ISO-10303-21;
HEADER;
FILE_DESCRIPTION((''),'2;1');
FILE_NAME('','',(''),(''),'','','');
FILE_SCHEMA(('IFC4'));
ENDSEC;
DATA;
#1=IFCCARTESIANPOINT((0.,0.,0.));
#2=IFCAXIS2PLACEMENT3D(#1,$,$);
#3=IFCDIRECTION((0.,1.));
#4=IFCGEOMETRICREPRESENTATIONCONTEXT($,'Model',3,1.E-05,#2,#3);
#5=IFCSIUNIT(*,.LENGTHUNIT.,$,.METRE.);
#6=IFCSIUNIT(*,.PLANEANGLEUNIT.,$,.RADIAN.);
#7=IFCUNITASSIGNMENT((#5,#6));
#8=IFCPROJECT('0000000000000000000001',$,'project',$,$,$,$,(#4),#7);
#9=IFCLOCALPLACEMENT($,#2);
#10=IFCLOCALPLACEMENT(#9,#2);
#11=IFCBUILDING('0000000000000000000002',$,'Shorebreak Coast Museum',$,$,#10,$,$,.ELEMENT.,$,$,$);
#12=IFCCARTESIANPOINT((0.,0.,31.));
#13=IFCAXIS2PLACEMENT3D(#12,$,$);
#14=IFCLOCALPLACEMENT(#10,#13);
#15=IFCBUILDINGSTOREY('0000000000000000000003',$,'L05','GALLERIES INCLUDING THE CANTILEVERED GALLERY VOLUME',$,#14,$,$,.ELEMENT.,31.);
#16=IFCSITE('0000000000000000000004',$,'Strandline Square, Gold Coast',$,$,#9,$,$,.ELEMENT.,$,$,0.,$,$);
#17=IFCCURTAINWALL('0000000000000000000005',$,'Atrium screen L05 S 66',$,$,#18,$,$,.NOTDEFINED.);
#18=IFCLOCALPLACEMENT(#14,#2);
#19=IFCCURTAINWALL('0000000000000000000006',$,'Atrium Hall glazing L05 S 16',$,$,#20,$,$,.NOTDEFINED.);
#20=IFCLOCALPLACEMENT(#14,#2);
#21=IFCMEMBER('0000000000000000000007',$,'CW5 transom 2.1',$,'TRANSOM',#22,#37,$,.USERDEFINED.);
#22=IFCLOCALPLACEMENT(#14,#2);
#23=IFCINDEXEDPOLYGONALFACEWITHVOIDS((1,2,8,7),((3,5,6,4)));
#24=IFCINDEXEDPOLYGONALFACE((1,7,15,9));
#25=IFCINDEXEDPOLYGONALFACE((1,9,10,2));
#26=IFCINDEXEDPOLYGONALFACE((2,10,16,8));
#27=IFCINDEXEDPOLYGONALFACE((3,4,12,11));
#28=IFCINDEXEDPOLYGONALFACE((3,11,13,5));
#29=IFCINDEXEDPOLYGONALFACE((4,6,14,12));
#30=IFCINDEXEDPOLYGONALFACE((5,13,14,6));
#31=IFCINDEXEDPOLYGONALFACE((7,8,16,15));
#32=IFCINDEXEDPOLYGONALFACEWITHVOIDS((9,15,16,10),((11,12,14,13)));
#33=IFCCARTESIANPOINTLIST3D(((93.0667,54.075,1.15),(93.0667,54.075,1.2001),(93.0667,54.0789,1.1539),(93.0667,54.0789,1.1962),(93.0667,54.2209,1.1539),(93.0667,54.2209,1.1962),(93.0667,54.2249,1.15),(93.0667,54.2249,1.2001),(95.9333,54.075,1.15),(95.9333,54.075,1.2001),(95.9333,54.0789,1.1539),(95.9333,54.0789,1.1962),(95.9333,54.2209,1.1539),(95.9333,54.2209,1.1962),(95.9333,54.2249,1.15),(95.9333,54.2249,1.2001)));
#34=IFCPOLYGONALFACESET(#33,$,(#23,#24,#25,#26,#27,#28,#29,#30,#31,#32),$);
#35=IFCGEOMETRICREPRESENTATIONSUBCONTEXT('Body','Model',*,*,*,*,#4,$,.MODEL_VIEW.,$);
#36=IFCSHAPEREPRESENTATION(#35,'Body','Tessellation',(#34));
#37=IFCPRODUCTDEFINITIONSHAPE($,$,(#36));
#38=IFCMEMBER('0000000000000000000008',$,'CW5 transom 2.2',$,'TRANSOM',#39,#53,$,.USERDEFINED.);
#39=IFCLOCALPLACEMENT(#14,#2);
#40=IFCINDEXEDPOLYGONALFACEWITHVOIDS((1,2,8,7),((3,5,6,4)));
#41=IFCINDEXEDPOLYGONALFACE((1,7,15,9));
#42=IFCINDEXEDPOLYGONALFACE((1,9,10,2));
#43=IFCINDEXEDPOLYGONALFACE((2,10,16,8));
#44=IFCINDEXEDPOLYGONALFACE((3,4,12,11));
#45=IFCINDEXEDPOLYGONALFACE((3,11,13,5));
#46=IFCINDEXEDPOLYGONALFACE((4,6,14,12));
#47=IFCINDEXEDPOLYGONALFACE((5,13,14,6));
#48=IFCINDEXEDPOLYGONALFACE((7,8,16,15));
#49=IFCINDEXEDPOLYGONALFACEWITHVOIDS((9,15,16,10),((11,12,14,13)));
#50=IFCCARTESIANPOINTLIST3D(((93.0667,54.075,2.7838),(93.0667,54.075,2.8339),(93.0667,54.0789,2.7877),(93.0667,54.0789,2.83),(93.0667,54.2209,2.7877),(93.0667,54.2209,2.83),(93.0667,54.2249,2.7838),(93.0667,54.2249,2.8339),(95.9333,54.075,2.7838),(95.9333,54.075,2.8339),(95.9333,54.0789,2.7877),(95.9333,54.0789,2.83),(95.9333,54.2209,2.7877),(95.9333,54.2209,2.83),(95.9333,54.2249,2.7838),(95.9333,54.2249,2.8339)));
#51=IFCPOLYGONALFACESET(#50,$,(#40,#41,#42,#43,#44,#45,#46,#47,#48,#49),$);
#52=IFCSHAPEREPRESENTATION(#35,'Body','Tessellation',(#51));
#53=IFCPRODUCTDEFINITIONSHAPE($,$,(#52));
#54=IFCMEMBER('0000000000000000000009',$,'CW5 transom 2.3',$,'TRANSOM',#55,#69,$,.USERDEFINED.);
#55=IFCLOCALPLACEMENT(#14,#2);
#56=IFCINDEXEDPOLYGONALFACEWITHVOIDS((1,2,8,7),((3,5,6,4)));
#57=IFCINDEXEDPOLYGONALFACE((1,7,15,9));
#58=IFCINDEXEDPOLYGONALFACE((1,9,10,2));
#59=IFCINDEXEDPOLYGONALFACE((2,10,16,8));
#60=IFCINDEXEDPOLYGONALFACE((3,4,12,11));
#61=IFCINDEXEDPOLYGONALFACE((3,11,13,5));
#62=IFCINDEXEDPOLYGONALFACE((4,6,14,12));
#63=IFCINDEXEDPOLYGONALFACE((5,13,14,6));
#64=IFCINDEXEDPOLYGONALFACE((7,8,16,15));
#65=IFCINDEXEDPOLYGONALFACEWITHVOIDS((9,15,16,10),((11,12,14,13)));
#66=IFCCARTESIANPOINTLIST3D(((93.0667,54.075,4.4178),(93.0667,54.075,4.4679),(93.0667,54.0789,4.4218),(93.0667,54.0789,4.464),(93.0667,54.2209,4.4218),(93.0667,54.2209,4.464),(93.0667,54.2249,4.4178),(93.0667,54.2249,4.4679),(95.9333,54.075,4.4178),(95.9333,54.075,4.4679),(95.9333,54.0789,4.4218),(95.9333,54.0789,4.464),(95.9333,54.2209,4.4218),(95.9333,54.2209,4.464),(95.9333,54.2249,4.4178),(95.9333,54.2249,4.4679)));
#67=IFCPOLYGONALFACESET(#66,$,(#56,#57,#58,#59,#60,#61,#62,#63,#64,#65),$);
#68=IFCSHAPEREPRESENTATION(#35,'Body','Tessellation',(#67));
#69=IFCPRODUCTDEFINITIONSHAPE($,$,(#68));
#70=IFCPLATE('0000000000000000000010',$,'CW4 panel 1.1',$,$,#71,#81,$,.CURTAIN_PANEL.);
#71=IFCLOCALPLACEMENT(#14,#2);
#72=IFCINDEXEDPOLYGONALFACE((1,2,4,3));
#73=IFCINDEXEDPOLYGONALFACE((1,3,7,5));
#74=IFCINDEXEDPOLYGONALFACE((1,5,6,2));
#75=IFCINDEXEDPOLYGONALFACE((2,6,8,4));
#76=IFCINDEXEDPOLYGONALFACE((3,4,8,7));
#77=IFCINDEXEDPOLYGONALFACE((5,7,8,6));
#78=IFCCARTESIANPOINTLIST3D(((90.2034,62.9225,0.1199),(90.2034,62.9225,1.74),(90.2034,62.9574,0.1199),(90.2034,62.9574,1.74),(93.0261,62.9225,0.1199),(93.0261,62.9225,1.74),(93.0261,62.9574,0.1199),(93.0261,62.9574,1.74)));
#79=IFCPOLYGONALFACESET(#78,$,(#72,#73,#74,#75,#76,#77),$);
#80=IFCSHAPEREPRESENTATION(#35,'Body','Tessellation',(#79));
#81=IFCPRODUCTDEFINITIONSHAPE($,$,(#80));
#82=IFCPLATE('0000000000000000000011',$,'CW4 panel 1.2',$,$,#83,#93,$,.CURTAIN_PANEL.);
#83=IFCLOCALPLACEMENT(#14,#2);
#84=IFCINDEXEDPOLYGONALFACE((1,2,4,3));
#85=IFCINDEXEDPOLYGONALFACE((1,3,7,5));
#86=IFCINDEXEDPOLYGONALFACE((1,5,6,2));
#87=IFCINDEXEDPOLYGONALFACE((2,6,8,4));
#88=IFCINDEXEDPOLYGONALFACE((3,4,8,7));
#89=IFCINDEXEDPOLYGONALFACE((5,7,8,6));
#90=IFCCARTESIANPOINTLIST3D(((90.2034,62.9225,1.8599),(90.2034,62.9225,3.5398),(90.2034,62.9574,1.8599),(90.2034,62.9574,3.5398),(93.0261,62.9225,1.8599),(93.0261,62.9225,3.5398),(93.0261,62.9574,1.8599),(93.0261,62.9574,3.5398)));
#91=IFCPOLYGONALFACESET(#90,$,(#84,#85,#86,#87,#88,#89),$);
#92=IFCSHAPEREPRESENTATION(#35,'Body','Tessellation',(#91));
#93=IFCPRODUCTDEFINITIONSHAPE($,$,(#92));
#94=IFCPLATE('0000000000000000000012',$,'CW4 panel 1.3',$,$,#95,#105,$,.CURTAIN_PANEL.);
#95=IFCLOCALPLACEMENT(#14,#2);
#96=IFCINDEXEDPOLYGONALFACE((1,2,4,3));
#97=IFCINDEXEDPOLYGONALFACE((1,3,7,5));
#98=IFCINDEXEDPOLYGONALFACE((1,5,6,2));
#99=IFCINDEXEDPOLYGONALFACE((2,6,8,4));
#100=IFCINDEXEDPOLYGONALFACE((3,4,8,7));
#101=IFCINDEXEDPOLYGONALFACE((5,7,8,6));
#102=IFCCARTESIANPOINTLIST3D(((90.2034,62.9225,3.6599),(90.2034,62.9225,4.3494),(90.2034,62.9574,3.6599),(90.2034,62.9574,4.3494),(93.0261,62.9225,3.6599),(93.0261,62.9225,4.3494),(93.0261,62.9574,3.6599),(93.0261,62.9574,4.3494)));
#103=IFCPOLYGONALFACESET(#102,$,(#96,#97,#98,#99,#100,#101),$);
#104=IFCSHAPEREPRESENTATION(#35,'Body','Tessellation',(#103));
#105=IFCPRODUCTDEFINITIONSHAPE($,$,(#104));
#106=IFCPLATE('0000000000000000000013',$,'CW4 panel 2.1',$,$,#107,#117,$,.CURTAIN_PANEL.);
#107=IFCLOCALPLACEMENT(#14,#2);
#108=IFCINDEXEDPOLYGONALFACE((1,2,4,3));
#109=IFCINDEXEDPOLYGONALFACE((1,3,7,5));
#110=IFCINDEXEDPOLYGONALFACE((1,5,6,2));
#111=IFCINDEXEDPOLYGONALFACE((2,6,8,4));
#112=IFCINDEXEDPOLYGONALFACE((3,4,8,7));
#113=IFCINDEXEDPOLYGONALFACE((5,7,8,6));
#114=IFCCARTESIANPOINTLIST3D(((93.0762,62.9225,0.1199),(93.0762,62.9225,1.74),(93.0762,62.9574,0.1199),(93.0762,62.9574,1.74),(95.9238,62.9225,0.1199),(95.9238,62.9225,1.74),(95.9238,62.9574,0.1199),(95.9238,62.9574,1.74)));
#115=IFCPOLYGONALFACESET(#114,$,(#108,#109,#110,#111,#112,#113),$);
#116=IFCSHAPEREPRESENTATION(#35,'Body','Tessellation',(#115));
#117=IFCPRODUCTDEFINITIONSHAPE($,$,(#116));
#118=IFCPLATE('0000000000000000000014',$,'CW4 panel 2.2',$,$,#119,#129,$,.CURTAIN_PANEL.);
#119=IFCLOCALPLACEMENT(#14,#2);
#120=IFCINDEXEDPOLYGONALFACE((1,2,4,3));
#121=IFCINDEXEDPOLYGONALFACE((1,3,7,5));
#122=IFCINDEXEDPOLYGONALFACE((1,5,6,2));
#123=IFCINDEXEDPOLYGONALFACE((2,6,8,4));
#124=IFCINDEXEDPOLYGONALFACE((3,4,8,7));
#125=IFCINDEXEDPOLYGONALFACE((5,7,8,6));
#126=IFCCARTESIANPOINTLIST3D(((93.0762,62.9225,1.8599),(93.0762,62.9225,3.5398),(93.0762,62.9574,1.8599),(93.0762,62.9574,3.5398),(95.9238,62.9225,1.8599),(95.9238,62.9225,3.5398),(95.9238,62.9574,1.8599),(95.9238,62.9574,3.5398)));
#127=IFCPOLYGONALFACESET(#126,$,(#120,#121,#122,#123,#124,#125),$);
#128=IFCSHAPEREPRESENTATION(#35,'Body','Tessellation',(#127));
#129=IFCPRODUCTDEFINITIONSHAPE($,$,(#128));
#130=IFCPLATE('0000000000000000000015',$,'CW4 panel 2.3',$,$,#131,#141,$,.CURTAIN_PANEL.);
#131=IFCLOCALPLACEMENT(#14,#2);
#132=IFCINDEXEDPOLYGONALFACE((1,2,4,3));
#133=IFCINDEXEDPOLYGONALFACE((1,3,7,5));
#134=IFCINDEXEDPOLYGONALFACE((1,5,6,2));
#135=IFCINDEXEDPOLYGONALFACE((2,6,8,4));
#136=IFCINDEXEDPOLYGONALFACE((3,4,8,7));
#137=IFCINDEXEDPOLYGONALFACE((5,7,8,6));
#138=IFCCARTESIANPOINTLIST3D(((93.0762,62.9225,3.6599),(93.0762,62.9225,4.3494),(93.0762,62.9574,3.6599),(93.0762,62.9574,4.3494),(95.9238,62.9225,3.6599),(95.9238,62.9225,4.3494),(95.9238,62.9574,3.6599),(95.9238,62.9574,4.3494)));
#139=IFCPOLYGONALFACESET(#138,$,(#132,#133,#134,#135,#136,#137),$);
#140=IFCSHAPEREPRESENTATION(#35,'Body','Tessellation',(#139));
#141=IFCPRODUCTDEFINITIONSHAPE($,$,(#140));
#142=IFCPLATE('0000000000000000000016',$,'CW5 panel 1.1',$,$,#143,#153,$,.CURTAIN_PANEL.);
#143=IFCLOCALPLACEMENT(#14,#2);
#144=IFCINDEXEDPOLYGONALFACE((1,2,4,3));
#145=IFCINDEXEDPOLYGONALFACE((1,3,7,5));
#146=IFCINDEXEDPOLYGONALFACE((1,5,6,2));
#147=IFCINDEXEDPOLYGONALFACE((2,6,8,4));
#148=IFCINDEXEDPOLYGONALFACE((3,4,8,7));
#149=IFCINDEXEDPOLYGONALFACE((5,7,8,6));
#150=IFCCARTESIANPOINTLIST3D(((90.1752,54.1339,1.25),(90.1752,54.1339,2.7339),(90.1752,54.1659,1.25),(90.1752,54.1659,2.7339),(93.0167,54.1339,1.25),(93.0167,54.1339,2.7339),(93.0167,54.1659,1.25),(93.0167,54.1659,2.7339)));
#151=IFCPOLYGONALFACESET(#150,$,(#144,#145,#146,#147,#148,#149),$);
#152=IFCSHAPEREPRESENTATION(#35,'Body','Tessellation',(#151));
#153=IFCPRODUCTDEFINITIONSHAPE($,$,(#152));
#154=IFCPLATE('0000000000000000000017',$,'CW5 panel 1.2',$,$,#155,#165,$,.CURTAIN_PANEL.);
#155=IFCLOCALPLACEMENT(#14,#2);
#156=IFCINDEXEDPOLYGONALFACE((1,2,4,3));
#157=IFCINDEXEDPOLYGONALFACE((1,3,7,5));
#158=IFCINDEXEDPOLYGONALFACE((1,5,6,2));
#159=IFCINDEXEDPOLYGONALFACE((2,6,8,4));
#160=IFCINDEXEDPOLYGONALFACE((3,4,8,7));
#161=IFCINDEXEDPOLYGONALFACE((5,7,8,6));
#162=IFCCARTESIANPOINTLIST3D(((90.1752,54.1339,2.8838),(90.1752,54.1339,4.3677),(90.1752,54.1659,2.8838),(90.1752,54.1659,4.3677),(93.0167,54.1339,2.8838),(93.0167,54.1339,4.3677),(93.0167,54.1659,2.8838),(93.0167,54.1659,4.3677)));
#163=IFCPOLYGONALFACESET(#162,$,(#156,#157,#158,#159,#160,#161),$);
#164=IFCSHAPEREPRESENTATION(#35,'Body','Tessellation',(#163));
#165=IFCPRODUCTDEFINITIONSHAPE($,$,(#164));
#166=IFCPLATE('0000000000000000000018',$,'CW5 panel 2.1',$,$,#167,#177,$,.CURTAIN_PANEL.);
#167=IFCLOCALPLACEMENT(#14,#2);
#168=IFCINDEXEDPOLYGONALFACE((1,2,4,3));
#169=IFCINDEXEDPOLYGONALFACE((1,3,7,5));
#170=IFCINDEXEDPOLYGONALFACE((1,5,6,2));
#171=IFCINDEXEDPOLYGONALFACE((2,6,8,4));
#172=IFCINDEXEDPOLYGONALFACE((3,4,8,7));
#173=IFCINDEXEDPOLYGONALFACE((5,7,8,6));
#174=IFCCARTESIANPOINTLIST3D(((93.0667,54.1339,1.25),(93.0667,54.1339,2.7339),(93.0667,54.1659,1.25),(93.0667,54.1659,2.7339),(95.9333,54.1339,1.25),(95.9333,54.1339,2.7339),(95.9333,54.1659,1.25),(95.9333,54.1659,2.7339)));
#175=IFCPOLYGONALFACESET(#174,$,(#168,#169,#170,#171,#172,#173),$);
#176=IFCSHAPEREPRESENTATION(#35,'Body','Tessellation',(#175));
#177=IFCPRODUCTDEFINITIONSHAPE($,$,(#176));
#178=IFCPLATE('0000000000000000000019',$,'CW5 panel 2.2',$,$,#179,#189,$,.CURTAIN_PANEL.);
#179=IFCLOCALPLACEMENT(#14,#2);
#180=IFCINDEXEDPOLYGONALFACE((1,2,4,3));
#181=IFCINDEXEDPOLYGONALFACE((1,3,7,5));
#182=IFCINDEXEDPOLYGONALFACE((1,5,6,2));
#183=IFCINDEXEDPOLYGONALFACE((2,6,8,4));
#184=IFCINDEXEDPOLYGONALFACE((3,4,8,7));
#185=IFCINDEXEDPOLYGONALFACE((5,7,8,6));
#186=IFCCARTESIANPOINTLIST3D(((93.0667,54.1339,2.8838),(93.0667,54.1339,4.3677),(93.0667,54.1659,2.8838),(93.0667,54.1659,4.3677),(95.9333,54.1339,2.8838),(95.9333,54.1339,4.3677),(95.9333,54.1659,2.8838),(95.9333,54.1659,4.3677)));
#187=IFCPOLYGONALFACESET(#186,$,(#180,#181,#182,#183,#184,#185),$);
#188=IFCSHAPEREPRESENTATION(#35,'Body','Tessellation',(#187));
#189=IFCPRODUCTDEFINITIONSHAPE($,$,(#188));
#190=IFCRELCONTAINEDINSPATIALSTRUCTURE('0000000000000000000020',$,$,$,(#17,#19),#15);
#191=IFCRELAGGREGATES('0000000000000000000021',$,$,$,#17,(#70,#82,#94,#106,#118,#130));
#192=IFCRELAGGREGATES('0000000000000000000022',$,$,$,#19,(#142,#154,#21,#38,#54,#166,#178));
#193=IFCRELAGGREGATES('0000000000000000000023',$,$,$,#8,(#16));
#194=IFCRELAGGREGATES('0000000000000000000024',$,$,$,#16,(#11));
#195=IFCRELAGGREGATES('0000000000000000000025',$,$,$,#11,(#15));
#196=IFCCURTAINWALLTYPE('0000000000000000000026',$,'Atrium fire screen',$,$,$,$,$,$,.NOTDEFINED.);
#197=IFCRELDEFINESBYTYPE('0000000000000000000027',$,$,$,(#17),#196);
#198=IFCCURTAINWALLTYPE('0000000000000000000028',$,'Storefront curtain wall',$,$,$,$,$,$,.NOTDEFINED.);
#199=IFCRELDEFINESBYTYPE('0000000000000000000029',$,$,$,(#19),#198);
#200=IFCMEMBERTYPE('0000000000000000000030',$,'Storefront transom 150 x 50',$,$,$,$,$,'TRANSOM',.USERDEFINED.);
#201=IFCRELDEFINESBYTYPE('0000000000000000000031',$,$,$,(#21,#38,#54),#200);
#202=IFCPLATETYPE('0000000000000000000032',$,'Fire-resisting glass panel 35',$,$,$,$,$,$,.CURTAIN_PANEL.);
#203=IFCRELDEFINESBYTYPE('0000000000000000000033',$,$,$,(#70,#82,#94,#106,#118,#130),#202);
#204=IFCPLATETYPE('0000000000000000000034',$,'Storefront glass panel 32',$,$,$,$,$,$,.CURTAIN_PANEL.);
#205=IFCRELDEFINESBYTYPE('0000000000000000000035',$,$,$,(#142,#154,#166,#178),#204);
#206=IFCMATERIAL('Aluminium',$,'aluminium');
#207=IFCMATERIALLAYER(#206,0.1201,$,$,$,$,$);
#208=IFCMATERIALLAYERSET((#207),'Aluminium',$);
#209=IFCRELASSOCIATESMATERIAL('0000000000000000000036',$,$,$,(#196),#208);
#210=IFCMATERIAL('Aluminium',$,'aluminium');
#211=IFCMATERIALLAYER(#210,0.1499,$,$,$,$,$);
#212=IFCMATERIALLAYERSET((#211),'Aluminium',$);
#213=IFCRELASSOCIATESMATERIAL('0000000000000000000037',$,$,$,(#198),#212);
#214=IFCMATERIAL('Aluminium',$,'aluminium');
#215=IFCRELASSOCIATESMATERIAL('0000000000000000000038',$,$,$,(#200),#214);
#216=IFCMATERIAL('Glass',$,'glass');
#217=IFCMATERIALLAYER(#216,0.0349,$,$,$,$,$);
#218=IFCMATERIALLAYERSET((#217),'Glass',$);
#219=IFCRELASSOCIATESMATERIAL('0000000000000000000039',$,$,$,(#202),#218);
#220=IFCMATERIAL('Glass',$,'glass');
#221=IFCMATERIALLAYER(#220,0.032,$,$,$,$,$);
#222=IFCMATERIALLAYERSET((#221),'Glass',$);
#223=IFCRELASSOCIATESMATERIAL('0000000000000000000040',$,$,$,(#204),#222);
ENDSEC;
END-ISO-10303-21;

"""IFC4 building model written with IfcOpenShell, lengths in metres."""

from ifc_helpers import new_model, si_unit, direction, frame, origin, origin_2d, place, context, subcontext, project, spatial, rectangle, hollow_rectangle, extrude, material, layer, layer_set, material_profile, profile_set, type_object, element, aggregate, save


model = new_model("IFC4")

# Units and contexts
model_context = context("Model", 3, precision=1e-05, world=origin(), true_north=direction((0.0, 1.0)))
body_context = subcontext(model_context, "Body", "Model", "MODEL_VIEW")
ifc_project = project(units=[si_unit("LENGTHUNIT", "METRE"), si_unit("PLANEANGLEUNIT", "RADIAN")], contexts=[model_context])

# Site, building, storey
site_placement = place(None, origin())
site = spatial("IfcSite", under=ifc_project, at=site_placement, Name="Strandline Square, Gold Coast", CompositionType="ELEMENT", RefElevation=0.0)
building_placement = place(site_placement, origin())
building = spatial("IfcBuilding", under=site, at=building_placement, Name="Shorebreak Coast Museum", CompositionType="ELEMENT")
storey_placement = place(building_placement, frame((0.0, 0.0, 31.0)))
storey = spatial("IfcBuildingStorey", under=building, at=storey_placement, Name="L05", Description="GALLERIES INCLUDING THE CANTILEVERED GALLERY VOLUME", CompositionType="ELEMENT", Elevation=31.0)

# Curtain walls, members
ifc_material_1 = material(Name="Aluminium", Category="aluminium")
ifc_layer_1 = layer(ifc_material_1, 0.1201)
ifc_layer_set_1 = layer_set([ifc_layer_1], Name="Aluminium")
curtain_wall_type_1 = type_object("IfcCurtainWallType", Name="Atrium fire screen", PredefinedType="NOTDEFINED", material=ifc_layer_set_1)
curtain_wall_1_placement = place(storey_placement, origin())
curtain_wall_1 = element("IfcCurtainWall", 1, at=curtain_wall_1_placement, inside=storey, type_object=curtain_wall_type_1, Name="Atrium screen L05 S 66", PredefinedType="NOTDEFINED")
ifc_material_2 = material(Name="Aluminium", Category="aluminium")
ifc_layer_2 = layer(ifc_material_2, 0.1499)
ifc_layer_set_2 = layer_set([ifc_layer_2], Name="Aluminium")
curtain_wall_type_2 = type_object("IfcCurtainWallType", Name="Storefront curtain wall", PredefinedType="NOTDEFINED", material=ifc_layer_set_2)
curtain_wall_2_placement = place(storey_placement, origin())
curtain_wall_2 = element("IfcCurtainWall", 2, at=curtain_wall_2_placement, inside=storey, type_object=curtain_wall_type_2, Name="Atrium Hall glazing L05 S 16", PredefinedType="NOTDEFINED")
ifc_material_3 = material(Name="Aluminium", Category="aluminium")
ifc_material_profile_1 = material_profile(ifc_material_3, hollow_rectangle(XDim=0.1499, YDim=0.05, WallThickness=0.0039, at=origin_2d()), Name="AL 50x150 RHS")
ifc_profile_set_1 = profile_set([ifc_material_profile_1], Name="Aluminium")
member_type_1 = type_object("IfcMemberType", Name="Storefront transom 150 x 50", ElementType="TRANSOM", PredefinedType="USERDEFINED", material=ifc_profile_set_1)
member_1_placement = place(storey_placement, frame((93.0667, 54.1499, 1.175), z_axis=(1.0, 0.0, 0.0), x_axis=(0.0, 1.0, 0.0)))
member_1 = element("IfcMember", 3, at=member_1_placement, type_object=member_type_1, Name="CW5 transom 2.1", ObjectType="TRANSOM", PredefinedType="USERDEFINED", context=body_context, shape_type="SweptSolid", body=[
    extrude(hollow_rectangle(XDim=0.1499, YDim=0.05, WallThickness=0.0039, at=origin_2d()), origin(), (0.0, 0.0, 1.0), 2.8667),
])
member_2_placement = place(storey_placement, frame((93.0667, 54.1499, 2.8088), z_axis=(1.0, 0.0, 0.0), x_axis=(0.0, 1.0, 0.0)))
member_2 = element("IfcMember", 4, at=member_2_placement, type_object=member_type_1, Name="CW5 transom 2.2", ObjectType="TRANSOM", PredefinedType="USERDEFINED", context=body_context, shape_type="SweptSolid", body=[
    extrude(hollow_rectangle(XDim=0.1499, YDim=0.05, WallThickness=0.0039, at=origin_2d()), origin(), (0.0, 0.0, 1.0), 2.8667),
])
member_3_placement = place(storey_placement, frame((93.0667, 54.1499, 4.4429), z_axis=(1.0, 0.0, 0.0), x_axis=(0.0, 1.0, 0.0)))
member_3 = element("IfcMember", 5, at=member_3_placement, type_object=member_type_1, Name="CW5 transom 2.3", ObjectType="TRANSOM", PredefinedType="USERDEFINED", context=body_context, shape_type="SweptSolid", body=[
    extrude(hollow_rectangle(XDim=0.1499, YDim=0.05, WallThickness=0.0039, at=origin_2d()), origin(), (0.0, 0.0, 1.0), 2.8667),
])

# Plates
ifc_material_4 = material(Name="Glass", Category="glass")
ifc_layer_3 = layer(ifc_material_4, 0.0349)
ifc_layer_set_3 = layer_set([ifc_layer_3], Name="Glass")
plate_type_1 = type_object("IfcPlateType", Name="Fire-resisting glass panel 35", PredefinedType="CURTAIN_PANEL", material=ifc_layer_set_3)
plate_1_placement = place(storey_placement, frame((91.6147, 62.9399, 0.1199), z_axis=(0.0, 0.0, 1.0), x_axis=(1.0, 0.0, 0.0)))
plate_1 = element("IfcPlate", 6, at=plate_1_placement, type_object=plate_type_1, Name="CW4 panel 1.1", PredefinedType="CURTAIN_PANEL", context=body_context, shape_type="SweptSolid", body=[
    extrude(rectangle(XDim=2.8228, YDim=0.0349, at=origin_2d()), origin(), (0.0, 0.0, 1.0), 1.6201),
])
plate_2_placement = place(storey_placement, frame((91.6147, 62.9399, 1.8599), z_axis=(0.0, 0.0, 1.0), x_axis=(1.0, 0.0, 0.0)))
plate_2 = element("IfcPlate", 7, at=plate_2_placement, type_object=plate_type_1, Name="CW4 panel 1.2", PredefinedType="CURTAIN_PANEL", context=body_context, shape_type="SweptSolid", body=[
    extrude(rectangle(XDim=2.8228, YDim=0.0349, at=origin_2d()), origin(), (0.0, 0.0, 1.0), 1.6799),
])
plate_3_placement = place(storey_placement, frame((91.6147, 62.9399, 3.6599), z_axis=(0.0, 0.0, 1.0), x_axis=(1.0, 0.0, 0.0)))
plate_3 = element("IfcPlate", 8, at=plate_3_placement, type_object=plate_type_1, Name="CW4 panel 1.3", PredefinedType="CURTAIN_PANEL", context=body_context, shape_type="SweptSolid", body=[
    extrude(rectangle(XDim=2.8228, YDim=0.0349, at=origin_2d()), origin(), (0.0, 0.0, 1.0), 0.6895),
])
plate_4_placement = place(storey_placement, frame((94.5, 62.9399, 0.1199), z_axis=(0.0, 0.0, 1.0), x_axis=(1.0, 0.0, 0.0)))
plate_4 = element("IfcPlate", 9, at=plate_4_placement, type_object=plate_type_1, Name="CW4 panel 2.1", PredefinedType="CURTAIN_PANEL", context=body_context, shape_type="SweptSolid", body=[
    extrude(rectangle(XDim=2.8477, YDim=0.0349, at=origin_2d()), origin(), (0.0, 0.0, 1.0), 1.6201),
])
plate_5_placement = place(storey_placement, frame((94.5, 62.9399, 1.8599), z_axis=(0.0, 0.0, 1.0), x_axis=(1.0, 0.0, 0.0)))
plate_5 = element("IfcPlate", 10, at=plate_5_placement, type_object=plate_type_1, Name="CW4 panel 2.2", PredefinedType="CURTAIN_PANEL", context=body_context, shape_type="SweptSolid", body=[
    extrude(rectangle(XDim=2.8477, YDim=0.0349, at=origin_2d()), origin(), (0.0, 0.0, 1.0), 1.6799),
])
plate_6_placement = place(storey_placement, frame((94.5, 62.9399, 3.6599), z_axis=(0.0, 0.0, 1.0), x_axis=(1.0, 0.0, 0.0)))
plate_6 = element("IfcPlate", 11, at=plate_6_placement, type_object=plate_type_1, Name="CW4 panel 2.3", PredefinedType="CURTAIN_PANEL", context=body_context, shape_type="SweptSolid", body=[
    extrude(rectangle(XDim=2.8477, YDim=0.0349, at=origin_2d()), origin(), (0.0, 0.0, 1.0), 0.6895),
])
aggregate(curtain_wall_1, [plate_1, plate_2, plate_3, plate_4, plate_5, plate_6])
ifc_material_5 = material(Name="Glass", Category="glass")
ifc_layer_4 = layer(ifc_material_5, 0.032)
ifc_layer_set_4 = layer_set([ifc_layer_4], Name="Glass")
plate_type_2 = type_object("IfcPlateType", Name="Storefront glass panel 32", PredefinedType="CURTAIN_PANEL", material=ifc_layer_set_4)
plate_7_placement = place(storey_placement, frame((91.5959, 54.1499, 1.25), z_axis=(0.0, 0.0, 1.0), x_axis=(1.0, 0.0, 0.0)))
plate_7 = element("IfcPlate", 12, at=plate_7_placement, type_object=plate_type_2, Name="CW5 panel 1.1", PredefinedType="CURTAIN_PANEL", context=body_context, shape_type="SweptSolid", body=[
    extrude(rectangle(XDim=2.8416, YDim=0.032, at=origin_2d()), origin(), (0.0, 0.0, 1.0), 1.4839),
])
plate_8_placement = place(storey_placement, frame((91.5959, 54.1499, 2.8838), z_axis=(0.0, 0.0, 1.0), x_axis=(1.0, 0.0, 0.0)))
plate_8 = element("IfcPlate", 13, at=plate_8_placement, type_object=plate_type_2, Name="CW5 panel 1.2", PredefinedType="CURTAIN_PANEL", context=body_context, shape_type="SweptSolid", body=[
    extrude(rectangle(XDim=2.8416, YDim=0.032, at=origin_2d()), origin(), (0.0, 0.0, 1.0), 1.4839),
])
plate_9_placement = place(storey_placement, frame((94.5, 54.1499, 1.25), z_axis=(0.0, 0.0, 1.0), x_axis=(1.0, 0.0, 0.0)))
plate_9 = element("IfcPlate", 14, at=plate_9_placement, type_object=plate_type_2, Name="CW5 panel 2.1", PredefinedType="CURTAIN_PANEL", context=body_context, shape_type="SweptSolid", body=[
    extrude(rectangle(XDim=2.8667, YDim=0.032, at=origin_2d()), origin(), (0.0, 0.0, 1.0), 1.4839),
])
plate_10_placement = place(storey_placement, frame((94.5, 54.1499, 2.8838), z_axis=(0.0, 0.0, 1.0), x_axis=(1.0, 0.0, 0.0)))
plate_10 = element("IfcPlate", 15, at=plate_10_placement, type_object=plate_type_2, Name="CW5 panel 2.2", PredefinedType="CURTAIN_PANEL", context=body_context, shape_type="SweptSolid", body=[
    extrude(rectangle(XDim=2.8667, YDim=0.032, at=origin_2d()), origin(), (0.0, 0.0, 1.0), 1.4839),
])
aggregate(curtain_wall_2, [plate_7, plate_8, member_1, member_2, member_3, plate_9, plate_10])

save(model, "model.ifc")
